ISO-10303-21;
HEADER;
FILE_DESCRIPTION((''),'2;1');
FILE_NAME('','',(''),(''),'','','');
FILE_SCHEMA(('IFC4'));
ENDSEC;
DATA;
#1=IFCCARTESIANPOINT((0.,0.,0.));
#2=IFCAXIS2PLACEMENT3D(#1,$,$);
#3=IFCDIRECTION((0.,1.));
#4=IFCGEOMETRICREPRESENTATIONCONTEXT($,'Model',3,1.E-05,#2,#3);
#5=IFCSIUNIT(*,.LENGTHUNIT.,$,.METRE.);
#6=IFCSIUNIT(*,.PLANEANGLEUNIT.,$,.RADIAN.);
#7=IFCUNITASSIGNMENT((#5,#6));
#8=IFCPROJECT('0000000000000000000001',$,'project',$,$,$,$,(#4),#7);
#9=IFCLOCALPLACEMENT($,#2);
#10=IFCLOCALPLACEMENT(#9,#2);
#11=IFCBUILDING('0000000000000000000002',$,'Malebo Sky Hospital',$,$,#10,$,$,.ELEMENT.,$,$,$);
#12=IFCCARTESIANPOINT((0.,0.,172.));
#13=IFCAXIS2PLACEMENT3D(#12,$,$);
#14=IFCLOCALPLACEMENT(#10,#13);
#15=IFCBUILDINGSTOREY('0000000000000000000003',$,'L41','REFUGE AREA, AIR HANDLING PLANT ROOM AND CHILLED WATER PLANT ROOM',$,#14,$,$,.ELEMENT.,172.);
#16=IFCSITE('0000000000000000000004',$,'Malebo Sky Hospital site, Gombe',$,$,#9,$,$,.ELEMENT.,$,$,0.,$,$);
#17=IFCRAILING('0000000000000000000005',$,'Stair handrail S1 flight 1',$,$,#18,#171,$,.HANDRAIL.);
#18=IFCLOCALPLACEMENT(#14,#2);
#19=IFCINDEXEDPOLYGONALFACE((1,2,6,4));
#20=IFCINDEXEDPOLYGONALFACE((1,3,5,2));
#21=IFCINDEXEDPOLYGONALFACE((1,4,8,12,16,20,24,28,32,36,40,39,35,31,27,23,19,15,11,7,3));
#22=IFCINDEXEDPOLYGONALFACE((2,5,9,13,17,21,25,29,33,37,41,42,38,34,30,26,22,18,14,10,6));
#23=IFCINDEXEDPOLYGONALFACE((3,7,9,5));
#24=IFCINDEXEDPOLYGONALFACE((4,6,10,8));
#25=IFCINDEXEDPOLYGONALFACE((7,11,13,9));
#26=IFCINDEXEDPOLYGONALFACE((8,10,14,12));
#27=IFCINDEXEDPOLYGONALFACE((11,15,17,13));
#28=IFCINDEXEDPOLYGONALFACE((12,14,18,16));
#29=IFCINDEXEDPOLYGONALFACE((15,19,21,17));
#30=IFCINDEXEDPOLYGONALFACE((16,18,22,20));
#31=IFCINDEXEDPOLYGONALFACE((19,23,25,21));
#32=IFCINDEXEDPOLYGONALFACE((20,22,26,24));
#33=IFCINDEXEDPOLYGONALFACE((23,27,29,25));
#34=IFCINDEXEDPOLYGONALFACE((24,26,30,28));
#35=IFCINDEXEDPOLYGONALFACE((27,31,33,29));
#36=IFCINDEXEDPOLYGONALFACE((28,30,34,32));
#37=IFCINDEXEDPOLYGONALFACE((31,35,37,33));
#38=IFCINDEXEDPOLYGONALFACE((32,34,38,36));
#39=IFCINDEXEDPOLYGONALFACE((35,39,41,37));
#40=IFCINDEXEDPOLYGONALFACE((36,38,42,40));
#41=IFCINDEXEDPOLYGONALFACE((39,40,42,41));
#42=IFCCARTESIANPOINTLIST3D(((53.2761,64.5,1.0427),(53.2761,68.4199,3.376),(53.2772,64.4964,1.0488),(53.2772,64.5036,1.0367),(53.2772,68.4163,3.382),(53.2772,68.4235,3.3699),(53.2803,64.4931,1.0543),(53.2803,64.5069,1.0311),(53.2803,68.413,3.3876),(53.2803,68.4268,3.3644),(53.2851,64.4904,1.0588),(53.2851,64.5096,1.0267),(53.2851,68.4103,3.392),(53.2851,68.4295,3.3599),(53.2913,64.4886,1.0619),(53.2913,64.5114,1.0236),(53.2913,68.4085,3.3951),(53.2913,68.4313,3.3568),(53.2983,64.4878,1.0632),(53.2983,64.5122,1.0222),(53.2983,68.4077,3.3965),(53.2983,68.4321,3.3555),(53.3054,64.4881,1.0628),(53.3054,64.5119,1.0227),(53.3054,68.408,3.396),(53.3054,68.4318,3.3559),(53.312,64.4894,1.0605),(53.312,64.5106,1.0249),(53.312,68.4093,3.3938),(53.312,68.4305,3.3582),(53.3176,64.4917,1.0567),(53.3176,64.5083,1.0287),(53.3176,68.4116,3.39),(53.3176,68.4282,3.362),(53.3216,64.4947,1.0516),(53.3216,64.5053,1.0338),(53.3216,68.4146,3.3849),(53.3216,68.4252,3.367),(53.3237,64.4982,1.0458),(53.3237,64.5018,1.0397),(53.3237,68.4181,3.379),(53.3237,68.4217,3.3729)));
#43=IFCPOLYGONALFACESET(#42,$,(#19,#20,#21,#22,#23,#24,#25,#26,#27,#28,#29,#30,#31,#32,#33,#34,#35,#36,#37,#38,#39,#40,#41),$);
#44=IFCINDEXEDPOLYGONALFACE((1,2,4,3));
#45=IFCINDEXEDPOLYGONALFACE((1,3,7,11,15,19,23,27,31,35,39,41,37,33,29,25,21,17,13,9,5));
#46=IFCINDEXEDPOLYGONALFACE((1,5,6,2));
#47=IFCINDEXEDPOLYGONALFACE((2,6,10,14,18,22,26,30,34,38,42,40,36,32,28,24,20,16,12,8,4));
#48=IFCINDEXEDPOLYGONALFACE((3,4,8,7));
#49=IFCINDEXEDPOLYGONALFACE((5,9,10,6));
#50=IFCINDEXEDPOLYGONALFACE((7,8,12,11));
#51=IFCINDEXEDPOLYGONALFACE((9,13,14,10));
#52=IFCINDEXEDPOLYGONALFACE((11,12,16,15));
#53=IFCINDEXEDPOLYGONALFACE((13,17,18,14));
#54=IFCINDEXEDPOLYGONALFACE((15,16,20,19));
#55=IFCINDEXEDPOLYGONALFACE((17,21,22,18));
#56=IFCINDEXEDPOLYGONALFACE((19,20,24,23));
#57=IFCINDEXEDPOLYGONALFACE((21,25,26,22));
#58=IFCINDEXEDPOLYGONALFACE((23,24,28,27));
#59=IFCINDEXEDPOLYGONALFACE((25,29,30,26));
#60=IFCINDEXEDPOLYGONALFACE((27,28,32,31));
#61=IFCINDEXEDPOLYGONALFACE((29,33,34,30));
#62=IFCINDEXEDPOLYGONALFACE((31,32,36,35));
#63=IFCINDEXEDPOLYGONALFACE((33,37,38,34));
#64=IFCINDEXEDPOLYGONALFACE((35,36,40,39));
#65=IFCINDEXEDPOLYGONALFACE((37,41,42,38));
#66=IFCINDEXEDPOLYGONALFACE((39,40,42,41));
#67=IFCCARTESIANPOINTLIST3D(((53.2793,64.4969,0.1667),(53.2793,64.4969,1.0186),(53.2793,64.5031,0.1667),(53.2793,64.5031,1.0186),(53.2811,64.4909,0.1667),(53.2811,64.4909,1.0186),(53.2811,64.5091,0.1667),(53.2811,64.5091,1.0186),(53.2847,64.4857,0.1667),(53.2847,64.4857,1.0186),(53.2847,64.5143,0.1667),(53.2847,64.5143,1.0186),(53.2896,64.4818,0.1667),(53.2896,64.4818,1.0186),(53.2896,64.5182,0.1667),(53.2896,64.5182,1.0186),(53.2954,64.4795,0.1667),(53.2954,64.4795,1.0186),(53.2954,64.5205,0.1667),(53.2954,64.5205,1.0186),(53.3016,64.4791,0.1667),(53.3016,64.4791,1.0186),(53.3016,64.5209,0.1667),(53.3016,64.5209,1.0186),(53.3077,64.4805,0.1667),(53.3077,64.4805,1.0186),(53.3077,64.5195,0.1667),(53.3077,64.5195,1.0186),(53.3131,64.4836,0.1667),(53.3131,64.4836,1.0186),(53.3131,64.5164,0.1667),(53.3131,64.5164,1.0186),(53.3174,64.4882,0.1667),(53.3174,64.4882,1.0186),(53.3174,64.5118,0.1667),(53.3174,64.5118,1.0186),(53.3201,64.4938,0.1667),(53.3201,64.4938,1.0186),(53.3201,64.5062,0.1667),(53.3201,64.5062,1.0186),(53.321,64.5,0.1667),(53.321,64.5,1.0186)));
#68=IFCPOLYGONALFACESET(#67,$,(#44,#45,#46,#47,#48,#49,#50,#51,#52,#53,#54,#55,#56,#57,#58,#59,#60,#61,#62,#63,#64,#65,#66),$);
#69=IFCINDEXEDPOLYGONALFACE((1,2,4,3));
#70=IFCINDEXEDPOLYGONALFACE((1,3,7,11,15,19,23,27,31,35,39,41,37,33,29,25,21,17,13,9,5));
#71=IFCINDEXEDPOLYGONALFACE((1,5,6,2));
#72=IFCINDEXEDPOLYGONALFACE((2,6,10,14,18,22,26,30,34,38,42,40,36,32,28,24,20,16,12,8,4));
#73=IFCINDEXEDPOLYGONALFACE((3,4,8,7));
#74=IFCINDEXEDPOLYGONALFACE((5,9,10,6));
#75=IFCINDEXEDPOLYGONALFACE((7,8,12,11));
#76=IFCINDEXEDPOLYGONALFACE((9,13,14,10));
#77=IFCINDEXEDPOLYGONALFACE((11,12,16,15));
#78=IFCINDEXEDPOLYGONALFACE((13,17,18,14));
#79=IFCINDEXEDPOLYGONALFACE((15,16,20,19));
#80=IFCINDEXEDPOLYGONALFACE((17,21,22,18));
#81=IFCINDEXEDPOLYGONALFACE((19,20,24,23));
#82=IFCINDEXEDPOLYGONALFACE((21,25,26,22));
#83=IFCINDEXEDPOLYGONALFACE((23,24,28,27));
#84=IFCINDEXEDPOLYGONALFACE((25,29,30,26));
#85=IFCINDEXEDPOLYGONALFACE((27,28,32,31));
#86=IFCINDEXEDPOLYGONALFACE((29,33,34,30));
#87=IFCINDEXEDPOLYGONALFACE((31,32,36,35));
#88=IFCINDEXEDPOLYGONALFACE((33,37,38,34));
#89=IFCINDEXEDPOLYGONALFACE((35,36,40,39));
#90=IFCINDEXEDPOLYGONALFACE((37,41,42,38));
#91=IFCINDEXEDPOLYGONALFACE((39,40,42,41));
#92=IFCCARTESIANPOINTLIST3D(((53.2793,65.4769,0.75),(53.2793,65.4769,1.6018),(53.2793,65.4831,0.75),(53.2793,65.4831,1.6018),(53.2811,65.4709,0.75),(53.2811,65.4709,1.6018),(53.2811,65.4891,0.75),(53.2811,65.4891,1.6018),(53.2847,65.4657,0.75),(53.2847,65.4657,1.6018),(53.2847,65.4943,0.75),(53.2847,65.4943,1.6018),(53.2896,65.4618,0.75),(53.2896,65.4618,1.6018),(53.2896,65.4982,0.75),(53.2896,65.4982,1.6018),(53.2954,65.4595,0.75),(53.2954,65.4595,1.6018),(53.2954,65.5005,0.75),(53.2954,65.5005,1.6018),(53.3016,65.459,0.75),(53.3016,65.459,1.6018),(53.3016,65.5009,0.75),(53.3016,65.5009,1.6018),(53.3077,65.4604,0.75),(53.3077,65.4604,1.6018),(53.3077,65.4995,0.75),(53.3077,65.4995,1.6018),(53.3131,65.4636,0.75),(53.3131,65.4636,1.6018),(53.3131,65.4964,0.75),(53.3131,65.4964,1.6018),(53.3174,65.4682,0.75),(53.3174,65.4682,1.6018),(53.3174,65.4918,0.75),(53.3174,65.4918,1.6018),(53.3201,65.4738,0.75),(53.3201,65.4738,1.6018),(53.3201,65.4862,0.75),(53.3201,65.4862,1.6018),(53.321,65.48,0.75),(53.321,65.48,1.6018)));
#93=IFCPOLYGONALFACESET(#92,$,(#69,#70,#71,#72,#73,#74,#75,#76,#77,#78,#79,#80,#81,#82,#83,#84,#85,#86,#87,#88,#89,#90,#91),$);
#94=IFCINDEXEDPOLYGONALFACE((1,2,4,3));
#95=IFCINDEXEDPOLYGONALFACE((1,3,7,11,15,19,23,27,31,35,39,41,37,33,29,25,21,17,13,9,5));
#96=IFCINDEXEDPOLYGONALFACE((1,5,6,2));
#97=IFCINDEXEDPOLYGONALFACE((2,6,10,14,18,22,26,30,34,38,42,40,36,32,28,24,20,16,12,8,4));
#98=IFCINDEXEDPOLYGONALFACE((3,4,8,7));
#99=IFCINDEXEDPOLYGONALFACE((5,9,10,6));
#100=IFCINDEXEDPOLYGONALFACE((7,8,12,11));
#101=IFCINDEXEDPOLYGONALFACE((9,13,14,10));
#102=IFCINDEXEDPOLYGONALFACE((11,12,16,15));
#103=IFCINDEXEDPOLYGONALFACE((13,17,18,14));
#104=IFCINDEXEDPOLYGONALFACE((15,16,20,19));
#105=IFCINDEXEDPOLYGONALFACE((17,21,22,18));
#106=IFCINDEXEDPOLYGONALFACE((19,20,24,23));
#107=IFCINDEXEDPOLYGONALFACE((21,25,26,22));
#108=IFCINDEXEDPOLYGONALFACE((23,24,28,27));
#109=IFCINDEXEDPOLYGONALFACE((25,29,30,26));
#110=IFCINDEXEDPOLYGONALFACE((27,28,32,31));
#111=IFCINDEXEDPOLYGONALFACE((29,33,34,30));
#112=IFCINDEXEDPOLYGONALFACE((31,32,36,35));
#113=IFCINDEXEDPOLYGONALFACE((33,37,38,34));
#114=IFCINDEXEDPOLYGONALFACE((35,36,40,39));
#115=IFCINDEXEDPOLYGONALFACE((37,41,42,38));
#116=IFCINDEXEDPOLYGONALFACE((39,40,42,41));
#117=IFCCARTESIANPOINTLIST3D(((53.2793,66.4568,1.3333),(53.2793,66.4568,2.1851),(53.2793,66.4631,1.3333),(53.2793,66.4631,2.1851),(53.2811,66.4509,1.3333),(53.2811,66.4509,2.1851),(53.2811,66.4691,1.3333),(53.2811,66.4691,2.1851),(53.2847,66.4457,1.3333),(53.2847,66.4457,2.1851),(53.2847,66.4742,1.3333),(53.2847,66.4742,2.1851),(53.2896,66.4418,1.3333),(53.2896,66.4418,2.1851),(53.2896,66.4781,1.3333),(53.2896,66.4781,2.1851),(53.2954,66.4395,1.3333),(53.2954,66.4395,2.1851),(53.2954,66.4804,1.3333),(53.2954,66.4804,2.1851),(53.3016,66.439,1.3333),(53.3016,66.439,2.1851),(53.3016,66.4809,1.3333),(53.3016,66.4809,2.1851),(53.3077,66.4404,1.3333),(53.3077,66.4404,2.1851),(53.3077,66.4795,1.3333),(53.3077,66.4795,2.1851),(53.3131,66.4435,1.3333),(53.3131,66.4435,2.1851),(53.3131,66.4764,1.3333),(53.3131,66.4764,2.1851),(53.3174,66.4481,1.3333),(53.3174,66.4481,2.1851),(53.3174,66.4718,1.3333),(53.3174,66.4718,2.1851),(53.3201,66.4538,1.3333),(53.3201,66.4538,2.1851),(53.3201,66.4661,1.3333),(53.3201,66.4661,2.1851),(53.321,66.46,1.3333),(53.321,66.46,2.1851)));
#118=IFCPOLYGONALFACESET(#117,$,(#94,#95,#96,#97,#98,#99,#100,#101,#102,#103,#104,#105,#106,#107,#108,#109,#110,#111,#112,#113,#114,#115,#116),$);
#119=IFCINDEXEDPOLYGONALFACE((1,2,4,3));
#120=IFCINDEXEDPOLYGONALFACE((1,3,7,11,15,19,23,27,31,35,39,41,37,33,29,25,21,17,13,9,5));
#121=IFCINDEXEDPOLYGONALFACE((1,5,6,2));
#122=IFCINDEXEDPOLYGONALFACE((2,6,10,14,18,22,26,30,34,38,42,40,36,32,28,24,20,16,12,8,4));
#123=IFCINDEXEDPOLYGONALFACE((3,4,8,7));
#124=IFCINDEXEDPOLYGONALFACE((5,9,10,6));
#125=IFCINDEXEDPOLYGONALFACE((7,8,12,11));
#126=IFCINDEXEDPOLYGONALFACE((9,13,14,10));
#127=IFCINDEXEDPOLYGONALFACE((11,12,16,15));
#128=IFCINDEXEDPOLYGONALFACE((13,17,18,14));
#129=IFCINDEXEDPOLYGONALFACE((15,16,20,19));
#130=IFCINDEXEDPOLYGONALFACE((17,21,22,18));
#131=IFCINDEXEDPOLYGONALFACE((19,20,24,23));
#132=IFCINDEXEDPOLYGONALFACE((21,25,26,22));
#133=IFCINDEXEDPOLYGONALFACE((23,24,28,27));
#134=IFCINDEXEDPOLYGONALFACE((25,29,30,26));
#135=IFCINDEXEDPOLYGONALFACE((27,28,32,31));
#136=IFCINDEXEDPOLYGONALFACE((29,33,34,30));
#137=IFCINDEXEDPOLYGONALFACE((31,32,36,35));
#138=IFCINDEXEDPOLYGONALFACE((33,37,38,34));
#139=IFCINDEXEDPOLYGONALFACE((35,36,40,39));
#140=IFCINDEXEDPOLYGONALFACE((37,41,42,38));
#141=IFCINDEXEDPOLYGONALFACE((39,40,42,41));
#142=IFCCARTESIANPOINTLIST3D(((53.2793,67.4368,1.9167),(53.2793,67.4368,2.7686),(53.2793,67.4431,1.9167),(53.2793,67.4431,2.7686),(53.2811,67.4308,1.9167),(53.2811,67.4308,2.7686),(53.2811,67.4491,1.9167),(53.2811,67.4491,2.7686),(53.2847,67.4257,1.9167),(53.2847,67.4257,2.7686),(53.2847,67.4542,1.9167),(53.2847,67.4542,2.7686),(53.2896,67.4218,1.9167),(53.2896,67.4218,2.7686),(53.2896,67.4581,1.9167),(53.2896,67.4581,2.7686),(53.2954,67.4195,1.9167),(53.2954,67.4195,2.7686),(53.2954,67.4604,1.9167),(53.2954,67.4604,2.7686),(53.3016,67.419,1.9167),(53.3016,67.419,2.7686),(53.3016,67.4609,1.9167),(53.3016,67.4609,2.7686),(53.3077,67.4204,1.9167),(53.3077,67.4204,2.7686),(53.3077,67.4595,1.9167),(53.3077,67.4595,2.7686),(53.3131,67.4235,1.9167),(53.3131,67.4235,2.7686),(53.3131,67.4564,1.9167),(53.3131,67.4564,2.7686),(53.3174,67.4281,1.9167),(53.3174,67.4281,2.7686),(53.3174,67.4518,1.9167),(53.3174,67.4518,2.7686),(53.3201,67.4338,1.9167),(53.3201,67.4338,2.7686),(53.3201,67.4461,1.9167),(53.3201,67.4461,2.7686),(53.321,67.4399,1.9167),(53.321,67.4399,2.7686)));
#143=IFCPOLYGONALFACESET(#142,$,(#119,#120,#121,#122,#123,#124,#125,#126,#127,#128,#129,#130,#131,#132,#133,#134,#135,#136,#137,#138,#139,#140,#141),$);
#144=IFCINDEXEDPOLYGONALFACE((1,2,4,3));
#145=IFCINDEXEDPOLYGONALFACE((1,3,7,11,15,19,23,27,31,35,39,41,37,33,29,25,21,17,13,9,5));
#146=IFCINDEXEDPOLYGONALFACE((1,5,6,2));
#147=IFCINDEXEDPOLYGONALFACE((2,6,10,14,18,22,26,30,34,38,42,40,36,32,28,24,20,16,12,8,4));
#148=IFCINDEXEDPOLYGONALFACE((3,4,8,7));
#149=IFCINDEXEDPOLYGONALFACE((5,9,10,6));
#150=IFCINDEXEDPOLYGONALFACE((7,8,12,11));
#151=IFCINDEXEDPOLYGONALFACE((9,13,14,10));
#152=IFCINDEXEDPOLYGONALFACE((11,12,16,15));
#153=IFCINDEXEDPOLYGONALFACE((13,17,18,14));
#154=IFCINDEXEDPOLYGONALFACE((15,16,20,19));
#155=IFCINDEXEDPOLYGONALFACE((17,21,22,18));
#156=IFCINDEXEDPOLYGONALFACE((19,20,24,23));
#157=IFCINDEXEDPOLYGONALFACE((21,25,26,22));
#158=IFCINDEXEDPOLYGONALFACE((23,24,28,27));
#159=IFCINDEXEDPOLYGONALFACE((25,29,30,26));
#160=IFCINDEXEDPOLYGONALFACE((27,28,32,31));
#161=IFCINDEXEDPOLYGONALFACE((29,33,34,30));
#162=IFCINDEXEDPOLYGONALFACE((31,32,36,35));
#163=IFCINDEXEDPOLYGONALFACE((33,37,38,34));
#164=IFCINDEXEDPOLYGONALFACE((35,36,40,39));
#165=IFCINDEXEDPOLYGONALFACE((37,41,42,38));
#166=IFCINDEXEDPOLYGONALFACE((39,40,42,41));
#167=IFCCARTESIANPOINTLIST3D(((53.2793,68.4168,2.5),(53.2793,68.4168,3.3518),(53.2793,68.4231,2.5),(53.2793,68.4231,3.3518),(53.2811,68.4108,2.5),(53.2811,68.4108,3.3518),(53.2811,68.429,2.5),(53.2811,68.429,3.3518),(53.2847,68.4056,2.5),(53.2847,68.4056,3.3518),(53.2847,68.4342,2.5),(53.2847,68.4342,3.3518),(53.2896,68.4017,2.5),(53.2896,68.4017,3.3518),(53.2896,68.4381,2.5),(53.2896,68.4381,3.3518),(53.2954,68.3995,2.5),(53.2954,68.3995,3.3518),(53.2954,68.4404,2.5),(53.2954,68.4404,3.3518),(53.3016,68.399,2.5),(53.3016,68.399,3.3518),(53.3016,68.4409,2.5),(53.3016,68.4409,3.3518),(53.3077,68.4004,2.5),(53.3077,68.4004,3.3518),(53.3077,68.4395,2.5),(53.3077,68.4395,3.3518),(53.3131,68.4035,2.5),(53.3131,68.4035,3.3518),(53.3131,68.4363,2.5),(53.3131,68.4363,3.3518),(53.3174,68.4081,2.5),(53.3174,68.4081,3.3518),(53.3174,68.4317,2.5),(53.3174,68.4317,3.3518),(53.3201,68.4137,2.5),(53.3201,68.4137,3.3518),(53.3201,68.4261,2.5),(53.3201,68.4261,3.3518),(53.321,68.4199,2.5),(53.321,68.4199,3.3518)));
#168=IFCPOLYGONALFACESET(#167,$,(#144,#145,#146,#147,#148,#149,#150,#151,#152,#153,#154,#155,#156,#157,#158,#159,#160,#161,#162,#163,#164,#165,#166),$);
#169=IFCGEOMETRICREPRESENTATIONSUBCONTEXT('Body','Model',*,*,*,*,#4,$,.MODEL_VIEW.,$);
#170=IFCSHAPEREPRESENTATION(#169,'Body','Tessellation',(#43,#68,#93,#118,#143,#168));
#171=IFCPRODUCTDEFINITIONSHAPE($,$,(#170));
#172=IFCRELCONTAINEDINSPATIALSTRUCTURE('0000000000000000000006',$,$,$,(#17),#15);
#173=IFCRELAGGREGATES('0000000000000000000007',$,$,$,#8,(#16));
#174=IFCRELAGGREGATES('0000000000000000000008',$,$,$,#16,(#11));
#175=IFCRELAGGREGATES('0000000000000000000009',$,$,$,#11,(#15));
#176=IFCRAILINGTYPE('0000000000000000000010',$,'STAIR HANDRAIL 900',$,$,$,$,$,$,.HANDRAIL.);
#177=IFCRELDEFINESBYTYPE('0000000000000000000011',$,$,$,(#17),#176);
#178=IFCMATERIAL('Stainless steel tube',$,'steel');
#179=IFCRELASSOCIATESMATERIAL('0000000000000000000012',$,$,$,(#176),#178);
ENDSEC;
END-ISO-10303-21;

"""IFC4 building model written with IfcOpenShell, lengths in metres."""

from ifc_helpers import new_model, si_unit, direction, frame, origin, origin_2d, place, context, subcontext, project, spatial, circle, extrude, material, type_object, element, save


model = new_model("IFC4")

# Units and contexts
model_context = context("Model", 3, precision=1e-05, world=origin(), true_north=direction((0.0, 1.0)))
body_context = subcontext(model_context, "Body", "Model", "MODEL_VIEW")
ifc_project = project(units=[si_unit("LENGTHUNIT", "METRE"), si_unit("PLANEANGLEUNIT", "RADIAN")], contexts=[model_context])

# Site, building, storey
site_placement = place(None, origin())
site = spatial("IfcSite", under=ifc_project, at=site_placement, Name="Malebo Sky Hospital site, Gombe", CompositionType="ELEMENT", RefElevation=0.0)
building_placement = place(site_placement, origin())
building = spatial("IfcBuilding", under=site, at=building_placement, Name="Malebo Sky Hospital", CompositionType="ELEMENT")
storey_placement = place(building_placement, frame((0.0, 0.0, 172.0)))
storey = spatial("IfcBuildingStorey", under=building, at=storey_placement, Name="L41", Description="REFUGE AREA, AIR HANDLING PLANT ROOM AND CHILLED WATER PLANT ROOM", CompositionType="ELEMENT", Elevation=172.0)

# Railing
ifc_material_1 = material(Name="Stainless steel tube", Category="steel")
railing_type = type_object("IfcRailingType", Name="STAIR HANDRAIL 900", PredefinedType="HANDRAIL", material=ifc_material_1)
railing_1_placement = place(storey_placement, frame((53.3, 64.5, 0.1667)))
element("IfcRailing", 1, at=railing_1_placement, inside=storey, type_object=railing_type, Name="Stair handrail S1 flight 1", PredefinedType="HANDRAIL", context=body_context, shape_type="SweptSolid", body=[
    extrude(circle(Radius=0.0239, at=origin_2d()), frame((0.0, 0.0, 0.876), z_axis=(0.0, 0.859296, 0.511478), x_axis=(-1.0, 0.0, 0.0)), (0.0, 0.0, 1.0), 4.5618),
    extrude(circle(Radius=0.021, at=origin_2d()), origin(), (0.0, 0.0, 1.0), 0.8518),
    extrude(circle(Radius=0.021, at=origin_2d()), frame((0.0, 0.98, 0.5833)), (0.0, 0.0, 1.0), 0.8518),
    extrude(circle(Radius=0.021, at=origin_2d()), frame((0.0, 1.96, 1.1665)), (0.0, 0.0, 1.0), 0.8518),
    extrude(circle(Radius=0.021, at=origin_2d()), frame((0.0, 2.9399, 1.75)), (0.0, 0.0, 1.0), 0.8518),
    extrude(circle(Radius=0.021, at=origin_2d()), frame((0.0, 3.9199, 2.3333)), (0.0, 0.0, 1.0), 0.8518),
])

save(model, "model.ifc")
